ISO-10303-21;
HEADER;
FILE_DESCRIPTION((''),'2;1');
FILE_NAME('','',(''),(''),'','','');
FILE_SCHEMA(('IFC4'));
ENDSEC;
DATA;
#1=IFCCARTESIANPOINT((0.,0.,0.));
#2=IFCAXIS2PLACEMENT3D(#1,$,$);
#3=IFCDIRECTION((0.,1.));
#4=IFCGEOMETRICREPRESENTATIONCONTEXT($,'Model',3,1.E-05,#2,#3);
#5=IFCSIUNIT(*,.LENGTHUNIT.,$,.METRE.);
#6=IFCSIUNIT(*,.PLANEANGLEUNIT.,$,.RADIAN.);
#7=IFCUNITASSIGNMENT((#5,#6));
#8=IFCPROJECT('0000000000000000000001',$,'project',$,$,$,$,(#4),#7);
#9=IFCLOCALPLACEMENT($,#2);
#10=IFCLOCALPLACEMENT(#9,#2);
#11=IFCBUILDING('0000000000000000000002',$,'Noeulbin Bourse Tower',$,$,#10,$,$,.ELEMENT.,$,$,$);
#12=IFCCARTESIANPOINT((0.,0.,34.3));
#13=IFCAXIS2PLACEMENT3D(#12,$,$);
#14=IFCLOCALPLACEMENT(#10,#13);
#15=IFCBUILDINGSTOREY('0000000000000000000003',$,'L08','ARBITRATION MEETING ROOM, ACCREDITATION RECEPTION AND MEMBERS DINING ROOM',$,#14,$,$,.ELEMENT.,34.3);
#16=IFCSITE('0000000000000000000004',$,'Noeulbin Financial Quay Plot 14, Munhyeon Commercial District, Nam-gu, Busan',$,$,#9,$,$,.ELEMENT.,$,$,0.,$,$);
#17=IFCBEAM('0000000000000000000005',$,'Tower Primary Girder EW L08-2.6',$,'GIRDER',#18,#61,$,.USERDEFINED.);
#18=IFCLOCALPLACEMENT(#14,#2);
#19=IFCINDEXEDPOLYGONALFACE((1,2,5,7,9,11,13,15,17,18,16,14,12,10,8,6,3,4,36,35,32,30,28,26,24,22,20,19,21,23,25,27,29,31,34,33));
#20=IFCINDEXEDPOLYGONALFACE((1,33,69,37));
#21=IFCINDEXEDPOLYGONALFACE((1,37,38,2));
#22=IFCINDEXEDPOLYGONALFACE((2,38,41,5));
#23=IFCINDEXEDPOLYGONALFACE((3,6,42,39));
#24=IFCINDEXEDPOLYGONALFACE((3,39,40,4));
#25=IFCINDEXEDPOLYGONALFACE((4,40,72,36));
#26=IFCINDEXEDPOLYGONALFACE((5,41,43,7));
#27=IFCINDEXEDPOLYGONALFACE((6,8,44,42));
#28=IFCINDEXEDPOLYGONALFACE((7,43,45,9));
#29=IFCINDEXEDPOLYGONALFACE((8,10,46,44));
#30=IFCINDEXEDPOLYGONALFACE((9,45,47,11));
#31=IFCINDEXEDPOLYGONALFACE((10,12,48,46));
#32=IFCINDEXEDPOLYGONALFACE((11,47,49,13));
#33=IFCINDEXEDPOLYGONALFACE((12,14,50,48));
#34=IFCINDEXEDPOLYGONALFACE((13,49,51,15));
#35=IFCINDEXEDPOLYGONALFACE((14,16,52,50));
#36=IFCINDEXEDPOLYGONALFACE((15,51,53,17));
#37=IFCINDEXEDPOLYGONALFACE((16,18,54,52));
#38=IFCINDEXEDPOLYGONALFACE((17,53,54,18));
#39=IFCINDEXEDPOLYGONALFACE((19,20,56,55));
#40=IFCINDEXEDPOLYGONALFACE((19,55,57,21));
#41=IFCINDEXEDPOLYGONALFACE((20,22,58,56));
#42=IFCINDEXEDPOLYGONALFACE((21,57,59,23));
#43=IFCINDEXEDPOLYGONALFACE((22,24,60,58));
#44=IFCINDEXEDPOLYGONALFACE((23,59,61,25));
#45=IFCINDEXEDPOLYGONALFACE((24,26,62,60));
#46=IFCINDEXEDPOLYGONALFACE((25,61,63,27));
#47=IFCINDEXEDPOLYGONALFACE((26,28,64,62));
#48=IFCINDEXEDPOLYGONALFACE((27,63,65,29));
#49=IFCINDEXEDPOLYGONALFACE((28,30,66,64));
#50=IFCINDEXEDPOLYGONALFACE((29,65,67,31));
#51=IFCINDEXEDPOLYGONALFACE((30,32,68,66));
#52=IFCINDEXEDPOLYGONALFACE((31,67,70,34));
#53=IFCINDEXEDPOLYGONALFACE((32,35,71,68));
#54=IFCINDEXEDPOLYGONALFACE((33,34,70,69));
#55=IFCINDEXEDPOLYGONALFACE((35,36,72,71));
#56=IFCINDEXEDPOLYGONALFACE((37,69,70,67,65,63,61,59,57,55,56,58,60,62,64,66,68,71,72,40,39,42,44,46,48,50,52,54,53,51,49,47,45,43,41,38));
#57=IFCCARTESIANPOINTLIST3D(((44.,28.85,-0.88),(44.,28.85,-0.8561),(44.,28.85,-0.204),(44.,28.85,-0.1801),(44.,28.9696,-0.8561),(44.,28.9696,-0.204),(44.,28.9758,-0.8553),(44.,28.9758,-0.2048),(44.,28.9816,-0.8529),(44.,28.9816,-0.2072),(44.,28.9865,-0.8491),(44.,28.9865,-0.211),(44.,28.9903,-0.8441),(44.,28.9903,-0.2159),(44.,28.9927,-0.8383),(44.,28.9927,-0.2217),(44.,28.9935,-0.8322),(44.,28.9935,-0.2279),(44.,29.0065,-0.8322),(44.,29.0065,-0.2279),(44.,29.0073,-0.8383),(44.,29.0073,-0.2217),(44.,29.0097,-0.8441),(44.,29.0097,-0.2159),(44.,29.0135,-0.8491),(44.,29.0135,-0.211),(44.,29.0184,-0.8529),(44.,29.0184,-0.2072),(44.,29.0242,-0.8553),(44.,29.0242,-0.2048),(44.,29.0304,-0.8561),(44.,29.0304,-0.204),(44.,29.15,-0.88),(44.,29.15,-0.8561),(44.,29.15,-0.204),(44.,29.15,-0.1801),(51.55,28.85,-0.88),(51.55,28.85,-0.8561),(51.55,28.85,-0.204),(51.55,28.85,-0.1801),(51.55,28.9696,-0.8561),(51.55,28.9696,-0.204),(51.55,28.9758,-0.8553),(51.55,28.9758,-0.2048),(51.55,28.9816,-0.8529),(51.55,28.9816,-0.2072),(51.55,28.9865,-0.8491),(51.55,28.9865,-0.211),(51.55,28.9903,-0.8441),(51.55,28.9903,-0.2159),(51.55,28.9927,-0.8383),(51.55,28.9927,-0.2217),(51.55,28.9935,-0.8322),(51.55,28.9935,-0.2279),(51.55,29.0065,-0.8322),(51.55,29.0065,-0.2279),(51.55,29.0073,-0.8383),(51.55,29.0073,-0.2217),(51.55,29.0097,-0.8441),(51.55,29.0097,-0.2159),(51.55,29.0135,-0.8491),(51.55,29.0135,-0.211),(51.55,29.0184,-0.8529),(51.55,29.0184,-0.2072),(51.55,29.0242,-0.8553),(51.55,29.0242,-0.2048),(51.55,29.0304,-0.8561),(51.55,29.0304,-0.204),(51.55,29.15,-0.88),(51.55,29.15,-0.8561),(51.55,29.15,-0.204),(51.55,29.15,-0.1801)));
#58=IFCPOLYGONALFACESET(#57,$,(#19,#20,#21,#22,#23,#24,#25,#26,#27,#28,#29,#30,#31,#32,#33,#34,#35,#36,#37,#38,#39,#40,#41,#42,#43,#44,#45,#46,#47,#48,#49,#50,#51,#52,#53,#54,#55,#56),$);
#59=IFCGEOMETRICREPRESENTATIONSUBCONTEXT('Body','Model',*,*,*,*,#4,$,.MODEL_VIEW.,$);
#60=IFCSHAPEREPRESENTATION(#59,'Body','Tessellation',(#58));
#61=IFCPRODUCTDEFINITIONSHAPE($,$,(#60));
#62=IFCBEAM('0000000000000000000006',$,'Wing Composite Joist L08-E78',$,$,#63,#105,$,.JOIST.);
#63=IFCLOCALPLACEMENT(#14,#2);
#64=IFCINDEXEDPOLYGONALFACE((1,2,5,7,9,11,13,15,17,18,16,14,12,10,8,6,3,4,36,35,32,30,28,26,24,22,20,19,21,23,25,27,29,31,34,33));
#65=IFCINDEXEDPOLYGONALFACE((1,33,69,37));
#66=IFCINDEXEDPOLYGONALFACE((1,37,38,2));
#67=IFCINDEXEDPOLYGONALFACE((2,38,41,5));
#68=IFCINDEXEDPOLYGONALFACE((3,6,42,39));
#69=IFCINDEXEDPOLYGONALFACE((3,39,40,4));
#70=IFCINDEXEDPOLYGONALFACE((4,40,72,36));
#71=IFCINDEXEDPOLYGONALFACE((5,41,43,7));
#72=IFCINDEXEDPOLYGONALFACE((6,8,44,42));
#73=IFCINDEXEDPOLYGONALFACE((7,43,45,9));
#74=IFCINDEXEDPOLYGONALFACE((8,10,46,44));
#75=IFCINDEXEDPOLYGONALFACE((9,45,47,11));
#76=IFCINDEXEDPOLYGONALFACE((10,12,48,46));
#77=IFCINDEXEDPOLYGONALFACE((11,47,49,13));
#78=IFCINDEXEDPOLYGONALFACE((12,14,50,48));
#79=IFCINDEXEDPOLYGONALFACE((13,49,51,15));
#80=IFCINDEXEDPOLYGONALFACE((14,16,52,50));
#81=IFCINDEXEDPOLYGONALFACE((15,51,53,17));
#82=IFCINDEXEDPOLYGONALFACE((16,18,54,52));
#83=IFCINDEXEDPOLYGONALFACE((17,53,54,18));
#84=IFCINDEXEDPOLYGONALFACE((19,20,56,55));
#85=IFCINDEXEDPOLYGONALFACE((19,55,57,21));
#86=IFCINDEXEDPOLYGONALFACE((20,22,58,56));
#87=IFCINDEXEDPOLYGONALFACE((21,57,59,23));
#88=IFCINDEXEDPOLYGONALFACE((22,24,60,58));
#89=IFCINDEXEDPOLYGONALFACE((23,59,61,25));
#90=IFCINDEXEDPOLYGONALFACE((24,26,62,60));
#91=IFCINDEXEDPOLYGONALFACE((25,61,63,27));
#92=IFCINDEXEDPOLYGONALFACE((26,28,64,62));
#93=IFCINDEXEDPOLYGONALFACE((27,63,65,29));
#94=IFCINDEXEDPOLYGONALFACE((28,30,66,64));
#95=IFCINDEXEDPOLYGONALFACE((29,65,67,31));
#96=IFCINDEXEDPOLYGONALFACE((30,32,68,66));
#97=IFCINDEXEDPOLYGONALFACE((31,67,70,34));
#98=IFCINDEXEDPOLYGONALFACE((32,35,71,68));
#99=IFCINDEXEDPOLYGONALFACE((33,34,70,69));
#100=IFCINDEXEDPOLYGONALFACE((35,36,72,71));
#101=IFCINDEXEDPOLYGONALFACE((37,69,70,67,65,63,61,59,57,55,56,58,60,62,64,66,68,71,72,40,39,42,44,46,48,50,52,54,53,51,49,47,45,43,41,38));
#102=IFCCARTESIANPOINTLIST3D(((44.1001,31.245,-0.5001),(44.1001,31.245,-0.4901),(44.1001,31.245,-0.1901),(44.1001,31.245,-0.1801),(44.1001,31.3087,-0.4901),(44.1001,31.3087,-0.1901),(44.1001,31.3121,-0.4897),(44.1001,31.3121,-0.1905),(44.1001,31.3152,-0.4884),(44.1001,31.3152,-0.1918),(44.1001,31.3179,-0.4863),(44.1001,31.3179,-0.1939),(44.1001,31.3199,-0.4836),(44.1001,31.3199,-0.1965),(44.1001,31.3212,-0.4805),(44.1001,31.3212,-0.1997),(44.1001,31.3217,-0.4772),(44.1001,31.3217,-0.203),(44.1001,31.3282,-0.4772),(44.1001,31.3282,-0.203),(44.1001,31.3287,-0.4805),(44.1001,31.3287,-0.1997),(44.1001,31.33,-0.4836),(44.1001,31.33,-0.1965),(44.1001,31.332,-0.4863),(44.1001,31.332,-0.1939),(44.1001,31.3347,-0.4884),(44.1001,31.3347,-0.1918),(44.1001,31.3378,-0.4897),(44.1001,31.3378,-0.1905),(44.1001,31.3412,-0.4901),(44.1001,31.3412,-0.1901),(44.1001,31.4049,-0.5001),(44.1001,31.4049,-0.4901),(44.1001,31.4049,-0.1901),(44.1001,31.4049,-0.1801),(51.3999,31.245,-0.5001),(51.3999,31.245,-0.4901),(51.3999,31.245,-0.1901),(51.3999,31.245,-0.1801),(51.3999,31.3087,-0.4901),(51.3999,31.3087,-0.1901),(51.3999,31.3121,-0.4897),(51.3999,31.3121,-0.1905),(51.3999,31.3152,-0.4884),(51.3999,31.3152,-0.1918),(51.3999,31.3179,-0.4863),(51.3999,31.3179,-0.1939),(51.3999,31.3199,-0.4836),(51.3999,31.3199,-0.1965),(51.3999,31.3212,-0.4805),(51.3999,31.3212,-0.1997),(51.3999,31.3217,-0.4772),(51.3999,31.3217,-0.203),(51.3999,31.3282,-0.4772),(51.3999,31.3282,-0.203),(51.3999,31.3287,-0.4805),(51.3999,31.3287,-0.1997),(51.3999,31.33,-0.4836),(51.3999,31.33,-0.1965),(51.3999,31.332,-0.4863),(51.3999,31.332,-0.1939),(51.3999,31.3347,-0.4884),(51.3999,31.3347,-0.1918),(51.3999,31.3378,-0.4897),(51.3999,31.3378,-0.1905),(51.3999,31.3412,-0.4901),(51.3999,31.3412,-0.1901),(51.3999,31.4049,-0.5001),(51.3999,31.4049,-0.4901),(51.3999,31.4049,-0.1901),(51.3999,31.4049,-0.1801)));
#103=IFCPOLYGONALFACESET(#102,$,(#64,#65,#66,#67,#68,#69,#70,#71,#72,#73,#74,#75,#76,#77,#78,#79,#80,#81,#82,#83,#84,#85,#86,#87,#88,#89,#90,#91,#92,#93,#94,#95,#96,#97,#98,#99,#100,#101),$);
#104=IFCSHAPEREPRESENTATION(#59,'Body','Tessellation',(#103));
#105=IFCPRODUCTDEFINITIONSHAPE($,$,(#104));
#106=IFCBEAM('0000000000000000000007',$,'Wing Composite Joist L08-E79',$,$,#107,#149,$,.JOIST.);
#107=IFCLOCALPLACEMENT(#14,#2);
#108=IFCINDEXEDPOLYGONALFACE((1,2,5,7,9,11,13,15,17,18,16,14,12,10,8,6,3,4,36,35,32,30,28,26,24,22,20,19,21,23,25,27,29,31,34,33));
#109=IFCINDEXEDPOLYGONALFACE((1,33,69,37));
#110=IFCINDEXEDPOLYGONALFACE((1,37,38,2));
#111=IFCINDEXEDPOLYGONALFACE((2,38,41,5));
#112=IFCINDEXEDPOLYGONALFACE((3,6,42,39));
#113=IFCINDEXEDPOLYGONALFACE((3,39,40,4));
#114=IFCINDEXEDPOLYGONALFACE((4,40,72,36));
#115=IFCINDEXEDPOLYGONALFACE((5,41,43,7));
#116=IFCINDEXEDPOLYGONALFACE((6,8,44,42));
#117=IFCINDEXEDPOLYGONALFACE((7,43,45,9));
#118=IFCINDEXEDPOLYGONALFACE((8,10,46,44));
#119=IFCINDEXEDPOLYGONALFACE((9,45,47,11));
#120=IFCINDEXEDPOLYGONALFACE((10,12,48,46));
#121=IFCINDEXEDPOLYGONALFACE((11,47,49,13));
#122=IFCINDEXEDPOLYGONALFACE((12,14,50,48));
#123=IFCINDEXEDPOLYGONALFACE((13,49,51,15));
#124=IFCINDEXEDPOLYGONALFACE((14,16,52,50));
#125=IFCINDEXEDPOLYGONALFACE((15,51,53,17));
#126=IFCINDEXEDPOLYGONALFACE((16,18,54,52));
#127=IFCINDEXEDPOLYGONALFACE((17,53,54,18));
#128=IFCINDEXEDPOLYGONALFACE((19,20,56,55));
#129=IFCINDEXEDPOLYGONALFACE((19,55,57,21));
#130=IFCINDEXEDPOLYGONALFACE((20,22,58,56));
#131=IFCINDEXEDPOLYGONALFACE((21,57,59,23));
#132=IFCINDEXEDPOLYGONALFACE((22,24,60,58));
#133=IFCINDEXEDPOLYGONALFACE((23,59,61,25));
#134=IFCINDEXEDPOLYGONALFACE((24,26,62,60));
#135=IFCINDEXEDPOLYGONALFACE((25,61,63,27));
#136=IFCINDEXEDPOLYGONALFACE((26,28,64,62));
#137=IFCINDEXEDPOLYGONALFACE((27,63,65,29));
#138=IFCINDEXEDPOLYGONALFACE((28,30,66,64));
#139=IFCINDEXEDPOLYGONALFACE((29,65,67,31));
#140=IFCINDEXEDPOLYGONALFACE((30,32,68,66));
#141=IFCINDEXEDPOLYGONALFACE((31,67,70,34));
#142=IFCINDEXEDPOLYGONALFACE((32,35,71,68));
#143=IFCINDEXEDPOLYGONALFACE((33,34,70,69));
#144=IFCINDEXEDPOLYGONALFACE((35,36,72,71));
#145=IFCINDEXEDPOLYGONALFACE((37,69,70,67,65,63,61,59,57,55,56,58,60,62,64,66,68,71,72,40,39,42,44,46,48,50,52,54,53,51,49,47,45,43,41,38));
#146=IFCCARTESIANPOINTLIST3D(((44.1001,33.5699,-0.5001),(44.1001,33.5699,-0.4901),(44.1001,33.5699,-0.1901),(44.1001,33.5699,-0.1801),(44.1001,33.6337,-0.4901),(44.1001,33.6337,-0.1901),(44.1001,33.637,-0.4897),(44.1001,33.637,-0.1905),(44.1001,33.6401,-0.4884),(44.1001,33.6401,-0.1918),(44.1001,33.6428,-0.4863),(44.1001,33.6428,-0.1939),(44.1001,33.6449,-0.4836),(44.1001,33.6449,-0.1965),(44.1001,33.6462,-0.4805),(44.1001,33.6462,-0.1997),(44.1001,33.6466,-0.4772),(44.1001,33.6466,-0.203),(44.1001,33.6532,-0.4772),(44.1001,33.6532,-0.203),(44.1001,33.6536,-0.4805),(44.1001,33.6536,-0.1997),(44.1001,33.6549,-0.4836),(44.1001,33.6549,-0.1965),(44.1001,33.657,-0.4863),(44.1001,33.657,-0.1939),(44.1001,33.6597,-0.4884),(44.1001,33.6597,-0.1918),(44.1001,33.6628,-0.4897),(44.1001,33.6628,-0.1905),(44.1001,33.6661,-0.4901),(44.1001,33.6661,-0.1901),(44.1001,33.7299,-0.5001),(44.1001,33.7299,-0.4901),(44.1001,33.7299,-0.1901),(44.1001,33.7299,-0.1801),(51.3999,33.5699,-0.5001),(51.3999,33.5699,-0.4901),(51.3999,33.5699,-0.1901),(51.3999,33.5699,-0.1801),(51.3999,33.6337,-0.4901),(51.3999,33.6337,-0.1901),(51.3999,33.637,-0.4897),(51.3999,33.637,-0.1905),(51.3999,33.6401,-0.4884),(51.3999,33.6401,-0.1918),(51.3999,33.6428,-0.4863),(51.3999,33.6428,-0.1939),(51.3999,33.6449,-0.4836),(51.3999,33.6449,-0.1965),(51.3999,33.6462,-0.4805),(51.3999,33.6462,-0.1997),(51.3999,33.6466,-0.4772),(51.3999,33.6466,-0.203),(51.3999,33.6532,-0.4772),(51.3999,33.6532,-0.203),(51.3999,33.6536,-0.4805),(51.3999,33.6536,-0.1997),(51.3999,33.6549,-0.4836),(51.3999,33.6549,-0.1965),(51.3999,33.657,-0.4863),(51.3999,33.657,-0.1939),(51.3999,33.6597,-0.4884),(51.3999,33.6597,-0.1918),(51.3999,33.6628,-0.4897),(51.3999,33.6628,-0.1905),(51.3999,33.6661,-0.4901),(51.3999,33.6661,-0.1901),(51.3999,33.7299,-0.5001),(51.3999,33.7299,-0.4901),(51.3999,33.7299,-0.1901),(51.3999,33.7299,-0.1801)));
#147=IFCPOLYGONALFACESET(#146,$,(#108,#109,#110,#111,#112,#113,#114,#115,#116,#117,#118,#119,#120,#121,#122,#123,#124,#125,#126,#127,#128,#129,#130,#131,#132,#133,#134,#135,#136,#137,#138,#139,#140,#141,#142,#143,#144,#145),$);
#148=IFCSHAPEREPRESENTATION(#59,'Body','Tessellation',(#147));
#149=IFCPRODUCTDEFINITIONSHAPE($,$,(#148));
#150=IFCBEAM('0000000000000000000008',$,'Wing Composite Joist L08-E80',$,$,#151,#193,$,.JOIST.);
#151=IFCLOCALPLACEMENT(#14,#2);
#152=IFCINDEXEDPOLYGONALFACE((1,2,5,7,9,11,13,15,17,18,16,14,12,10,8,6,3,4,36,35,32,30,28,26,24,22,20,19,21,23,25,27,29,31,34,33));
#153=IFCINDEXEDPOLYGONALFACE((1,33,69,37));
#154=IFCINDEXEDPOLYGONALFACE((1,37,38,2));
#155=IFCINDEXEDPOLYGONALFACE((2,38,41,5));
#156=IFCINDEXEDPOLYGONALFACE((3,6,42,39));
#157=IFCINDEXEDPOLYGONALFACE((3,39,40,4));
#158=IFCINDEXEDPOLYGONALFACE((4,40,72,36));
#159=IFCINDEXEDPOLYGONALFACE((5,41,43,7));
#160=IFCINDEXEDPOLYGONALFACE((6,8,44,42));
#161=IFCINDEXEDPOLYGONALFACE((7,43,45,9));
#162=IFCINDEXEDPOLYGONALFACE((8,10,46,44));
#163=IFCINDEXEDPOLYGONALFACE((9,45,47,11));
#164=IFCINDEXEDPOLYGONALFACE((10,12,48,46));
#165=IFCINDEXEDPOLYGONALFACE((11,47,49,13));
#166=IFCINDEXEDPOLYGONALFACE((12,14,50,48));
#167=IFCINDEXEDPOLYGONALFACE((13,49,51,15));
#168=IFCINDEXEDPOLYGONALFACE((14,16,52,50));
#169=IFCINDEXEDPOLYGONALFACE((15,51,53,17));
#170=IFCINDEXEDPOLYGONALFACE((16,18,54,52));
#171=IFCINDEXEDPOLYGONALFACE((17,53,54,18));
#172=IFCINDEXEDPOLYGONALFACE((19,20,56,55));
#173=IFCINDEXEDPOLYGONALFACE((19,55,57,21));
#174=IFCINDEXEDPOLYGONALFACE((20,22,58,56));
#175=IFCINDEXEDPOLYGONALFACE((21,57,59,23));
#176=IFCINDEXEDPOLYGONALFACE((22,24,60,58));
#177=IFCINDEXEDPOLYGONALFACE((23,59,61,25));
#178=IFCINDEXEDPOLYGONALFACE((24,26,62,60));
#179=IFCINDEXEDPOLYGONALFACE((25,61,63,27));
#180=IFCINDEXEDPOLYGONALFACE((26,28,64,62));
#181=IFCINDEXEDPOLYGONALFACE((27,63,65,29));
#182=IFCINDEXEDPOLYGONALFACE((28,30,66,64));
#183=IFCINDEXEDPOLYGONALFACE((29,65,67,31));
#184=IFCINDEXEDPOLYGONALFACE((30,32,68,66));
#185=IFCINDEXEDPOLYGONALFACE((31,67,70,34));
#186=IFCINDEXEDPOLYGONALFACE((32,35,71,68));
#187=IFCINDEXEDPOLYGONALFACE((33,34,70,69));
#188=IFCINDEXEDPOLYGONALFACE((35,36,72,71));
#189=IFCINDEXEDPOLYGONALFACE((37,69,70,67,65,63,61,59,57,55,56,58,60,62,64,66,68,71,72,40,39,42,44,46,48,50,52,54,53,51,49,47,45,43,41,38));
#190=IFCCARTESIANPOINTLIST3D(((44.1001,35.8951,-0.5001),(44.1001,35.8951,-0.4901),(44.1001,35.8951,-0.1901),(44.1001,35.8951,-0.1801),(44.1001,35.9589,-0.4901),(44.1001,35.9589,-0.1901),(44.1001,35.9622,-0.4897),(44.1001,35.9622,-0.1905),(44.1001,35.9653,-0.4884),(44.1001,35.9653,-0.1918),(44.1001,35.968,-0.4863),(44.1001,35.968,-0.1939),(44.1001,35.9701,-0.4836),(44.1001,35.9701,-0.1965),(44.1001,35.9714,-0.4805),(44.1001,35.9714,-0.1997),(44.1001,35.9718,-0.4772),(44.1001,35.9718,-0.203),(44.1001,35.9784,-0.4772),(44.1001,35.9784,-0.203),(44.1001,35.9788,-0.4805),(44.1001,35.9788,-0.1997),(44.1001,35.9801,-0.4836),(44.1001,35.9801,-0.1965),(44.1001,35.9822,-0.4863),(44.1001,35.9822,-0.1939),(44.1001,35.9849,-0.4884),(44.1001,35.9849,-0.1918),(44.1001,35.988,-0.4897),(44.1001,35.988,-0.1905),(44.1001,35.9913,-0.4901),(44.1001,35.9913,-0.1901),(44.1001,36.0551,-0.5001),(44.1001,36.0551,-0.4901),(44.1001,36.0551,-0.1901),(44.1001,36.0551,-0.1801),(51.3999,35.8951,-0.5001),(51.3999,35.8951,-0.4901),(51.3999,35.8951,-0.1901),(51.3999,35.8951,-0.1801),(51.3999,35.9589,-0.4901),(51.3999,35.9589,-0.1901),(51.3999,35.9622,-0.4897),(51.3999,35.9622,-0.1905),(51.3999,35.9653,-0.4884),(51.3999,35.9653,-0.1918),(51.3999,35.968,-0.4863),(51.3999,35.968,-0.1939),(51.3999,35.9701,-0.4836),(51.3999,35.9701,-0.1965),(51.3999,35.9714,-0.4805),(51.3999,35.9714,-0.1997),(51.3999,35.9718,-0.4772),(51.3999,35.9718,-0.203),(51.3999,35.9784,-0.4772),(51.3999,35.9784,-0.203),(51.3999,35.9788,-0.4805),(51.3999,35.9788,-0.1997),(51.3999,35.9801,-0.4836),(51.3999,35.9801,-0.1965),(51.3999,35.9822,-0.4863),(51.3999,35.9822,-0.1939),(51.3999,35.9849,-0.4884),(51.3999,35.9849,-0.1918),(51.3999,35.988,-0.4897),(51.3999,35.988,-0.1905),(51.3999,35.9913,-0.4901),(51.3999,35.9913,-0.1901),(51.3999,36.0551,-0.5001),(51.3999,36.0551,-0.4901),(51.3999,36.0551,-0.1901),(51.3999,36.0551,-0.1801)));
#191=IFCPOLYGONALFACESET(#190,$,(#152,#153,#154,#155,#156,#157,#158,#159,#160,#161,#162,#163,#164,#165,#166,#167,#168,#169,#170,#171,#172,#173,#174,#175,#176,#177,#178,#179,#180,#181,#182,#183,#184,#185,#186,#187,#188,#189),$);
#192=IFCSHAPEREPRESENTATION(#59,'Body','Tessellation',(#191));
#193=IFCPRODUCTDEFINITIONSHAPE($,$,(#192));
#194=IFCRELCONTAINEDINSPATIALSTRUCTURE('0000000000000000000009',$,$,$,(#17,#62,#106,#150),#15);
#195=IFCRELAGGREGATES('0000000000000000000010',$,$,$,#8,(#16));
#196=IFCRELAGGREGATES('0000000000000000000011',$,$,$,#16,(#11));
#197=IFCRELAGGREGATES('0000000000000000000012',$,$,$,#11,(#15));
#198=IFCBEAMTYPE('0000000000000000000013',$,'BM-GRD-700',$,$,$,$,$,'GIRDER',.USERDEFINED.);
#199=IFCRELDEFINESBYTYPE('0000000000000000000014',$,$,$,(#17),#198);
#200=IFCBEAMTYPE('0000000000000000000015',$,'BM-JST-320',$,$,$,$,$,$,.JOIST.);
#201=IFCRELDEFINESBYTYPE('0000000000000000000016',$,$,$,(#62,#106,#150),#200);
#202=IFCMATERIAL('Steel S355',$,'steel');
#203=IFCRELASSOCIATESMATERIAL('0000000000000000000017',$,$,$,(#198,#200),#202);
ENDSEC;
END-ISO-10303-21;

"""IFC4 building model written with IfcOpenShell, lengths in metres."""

from ifc_helpers import new_model, si_unit, direction, frame, origin, origin_2d, place, context, subcontext, project, spatial, i_section, extrude, material, material_profile, profile_set, type_object, element, save


model = new_model("IFC4")

# Units and contexts
model_context = context("Model", 3, precision=1e-05, world=origin(), true_north=direction((0.0, 1.0)))
body_context = subcontext(model_context, "Body", "Model", "MODEL_VIEW")
ifc_project = project(units=[si_unit("LENGTHUNIT", "METRE"), si_unit("PLANEANGLEUNIT", "RADIAN")], contexts=[model_context])

# Site, building, storey
site_placement = place(None, origin())
site = spatial("IfcSite", under=ifc_project, at=site_placement, Name="Noeulbin Financial Quay Plot 14, Munhyeon Commercial District, Nam-gu, Busan", CompositionType="ELEMENT", RefElevation=0.0)
building_placement = place(site_placement, origin())
building = spatial("IfcBuilding", under=site, at=building_placement, Name="Noeulbin Bourse Tower", CompositionType="ELEMENT")
storey_placement = place(building_placement, frame((0.0, 0.0, 34.3)))
storey = spatial("IfcBuildingStorey", under=building, at=storey_placement, Name="L08", Description="ARBITRATION MEETING ROOM, ACCREDITATION RECEPTION AND MEMBERS DINING ROOM", CompositionType="ELEMENT", Elevation=34.3)

# Beams
ifc_material_1 = material(Name="Steel S355", Category="steel")
ifc_material_profile_1 = material_profile(ifc_material_1, i_section(OverallWidth=0.3, OverallDepth=0.7, WebThickness=0.0129, FlangeThickness=0.0239, FilletRadius=0.0239, at=origin_2d()), Name="H-700x300x13x24", Category="LoadBearing")
ifc_profile_set_1 = profile_set([ifc_material_profile_1], Name="Steel S355")
beam_type_1 = type_object("IfcBeamType", Name="BM-GRD-700", ElementType="GIRDER", PredefinedType="USERDEFINED", material=ifc_profile_set_1)
beam_1_placement = place(storey_placement, frame((44.0, 29.0, -0.53), z_axis=(1.0, 0.0, 0.0), x_axis=(0.0, 1.0, 0.0)))
element("IfcBeam", 1, at=beam_1_placement, inside=storey, type_object=beam_type_1, Name="Tower Primary Girder EW L08-2.6", ObjectType="GIRDER", PredefinedType="USERDEFINED", context=body_context, shape_type="SweptSolid", body=[
    extrude(i_section(OverallWidth=0.3, OverallDepth=0.7, WebThickness=0.0129, FlangeThickness=0.0239, FilletRadius=0.0239, at=origin_2d()), origin(), (0.0, 0.0, 1.0), 7.55),
])
ifc_material_profile_2 = material_profile(ifc_material_1, i_section(OverallWidth=0.1599, OverallDepth=0.3201, WebThickness=0.0066, FlangeThickness=0.01, FilletRadius=0.0129, at=origin_2d()), Name="H-320x160x6.5x10", Category="LoadBearing")
ifc_profile_set_2 = profile_set([ifc_material_profile_2], Name="Steel S355")
beam_type_2 = type_object("IfcBeamType", Name="BM-JST-320", PredefinedType="JOIST", material=ifc_profile_set_2)
for number, where, z_axis, x_axis, name in (
    (2, (44.1001, 31.325, -0.3401), (1.0, 0.0, 0.0), (0.0, 1.0, 0.0), "Wing Composite Joist L08-E78"),
    (3, (44.1001, 33.6499, -0.3401), (1.0, 0.0, 0.0), (0.0, 1.0, 0.0), "Wing Composite Joist L08-E79"),
    (4, (44.1001, 35.9751, -0.3401), (1.0, 0.0, 0.0), (0.0, 1.0, 0.0), "Wing Composite Joist L08-E80"),
):
    element("IfcBeam", number, at=place(storey_placement, frame(where, z_axis=z_axis, x_axis=x_axis)), inside=storey, type_object=beam_type_2, Name=name, PredefinedType="JOIST", context=body_context, shape_type="SweptSolid", body=[
        extrude(i_section(OverallWidth=0.1599, OverallDepth=0.3201, WebThickness=0.0066, FlangeThickness=0.01, FilletRadius=0.0129, at=origin_2d()), origin(), (0.0, 0.0, 1.0), 7.2998),
    ])

save(model, "model.ifc")
